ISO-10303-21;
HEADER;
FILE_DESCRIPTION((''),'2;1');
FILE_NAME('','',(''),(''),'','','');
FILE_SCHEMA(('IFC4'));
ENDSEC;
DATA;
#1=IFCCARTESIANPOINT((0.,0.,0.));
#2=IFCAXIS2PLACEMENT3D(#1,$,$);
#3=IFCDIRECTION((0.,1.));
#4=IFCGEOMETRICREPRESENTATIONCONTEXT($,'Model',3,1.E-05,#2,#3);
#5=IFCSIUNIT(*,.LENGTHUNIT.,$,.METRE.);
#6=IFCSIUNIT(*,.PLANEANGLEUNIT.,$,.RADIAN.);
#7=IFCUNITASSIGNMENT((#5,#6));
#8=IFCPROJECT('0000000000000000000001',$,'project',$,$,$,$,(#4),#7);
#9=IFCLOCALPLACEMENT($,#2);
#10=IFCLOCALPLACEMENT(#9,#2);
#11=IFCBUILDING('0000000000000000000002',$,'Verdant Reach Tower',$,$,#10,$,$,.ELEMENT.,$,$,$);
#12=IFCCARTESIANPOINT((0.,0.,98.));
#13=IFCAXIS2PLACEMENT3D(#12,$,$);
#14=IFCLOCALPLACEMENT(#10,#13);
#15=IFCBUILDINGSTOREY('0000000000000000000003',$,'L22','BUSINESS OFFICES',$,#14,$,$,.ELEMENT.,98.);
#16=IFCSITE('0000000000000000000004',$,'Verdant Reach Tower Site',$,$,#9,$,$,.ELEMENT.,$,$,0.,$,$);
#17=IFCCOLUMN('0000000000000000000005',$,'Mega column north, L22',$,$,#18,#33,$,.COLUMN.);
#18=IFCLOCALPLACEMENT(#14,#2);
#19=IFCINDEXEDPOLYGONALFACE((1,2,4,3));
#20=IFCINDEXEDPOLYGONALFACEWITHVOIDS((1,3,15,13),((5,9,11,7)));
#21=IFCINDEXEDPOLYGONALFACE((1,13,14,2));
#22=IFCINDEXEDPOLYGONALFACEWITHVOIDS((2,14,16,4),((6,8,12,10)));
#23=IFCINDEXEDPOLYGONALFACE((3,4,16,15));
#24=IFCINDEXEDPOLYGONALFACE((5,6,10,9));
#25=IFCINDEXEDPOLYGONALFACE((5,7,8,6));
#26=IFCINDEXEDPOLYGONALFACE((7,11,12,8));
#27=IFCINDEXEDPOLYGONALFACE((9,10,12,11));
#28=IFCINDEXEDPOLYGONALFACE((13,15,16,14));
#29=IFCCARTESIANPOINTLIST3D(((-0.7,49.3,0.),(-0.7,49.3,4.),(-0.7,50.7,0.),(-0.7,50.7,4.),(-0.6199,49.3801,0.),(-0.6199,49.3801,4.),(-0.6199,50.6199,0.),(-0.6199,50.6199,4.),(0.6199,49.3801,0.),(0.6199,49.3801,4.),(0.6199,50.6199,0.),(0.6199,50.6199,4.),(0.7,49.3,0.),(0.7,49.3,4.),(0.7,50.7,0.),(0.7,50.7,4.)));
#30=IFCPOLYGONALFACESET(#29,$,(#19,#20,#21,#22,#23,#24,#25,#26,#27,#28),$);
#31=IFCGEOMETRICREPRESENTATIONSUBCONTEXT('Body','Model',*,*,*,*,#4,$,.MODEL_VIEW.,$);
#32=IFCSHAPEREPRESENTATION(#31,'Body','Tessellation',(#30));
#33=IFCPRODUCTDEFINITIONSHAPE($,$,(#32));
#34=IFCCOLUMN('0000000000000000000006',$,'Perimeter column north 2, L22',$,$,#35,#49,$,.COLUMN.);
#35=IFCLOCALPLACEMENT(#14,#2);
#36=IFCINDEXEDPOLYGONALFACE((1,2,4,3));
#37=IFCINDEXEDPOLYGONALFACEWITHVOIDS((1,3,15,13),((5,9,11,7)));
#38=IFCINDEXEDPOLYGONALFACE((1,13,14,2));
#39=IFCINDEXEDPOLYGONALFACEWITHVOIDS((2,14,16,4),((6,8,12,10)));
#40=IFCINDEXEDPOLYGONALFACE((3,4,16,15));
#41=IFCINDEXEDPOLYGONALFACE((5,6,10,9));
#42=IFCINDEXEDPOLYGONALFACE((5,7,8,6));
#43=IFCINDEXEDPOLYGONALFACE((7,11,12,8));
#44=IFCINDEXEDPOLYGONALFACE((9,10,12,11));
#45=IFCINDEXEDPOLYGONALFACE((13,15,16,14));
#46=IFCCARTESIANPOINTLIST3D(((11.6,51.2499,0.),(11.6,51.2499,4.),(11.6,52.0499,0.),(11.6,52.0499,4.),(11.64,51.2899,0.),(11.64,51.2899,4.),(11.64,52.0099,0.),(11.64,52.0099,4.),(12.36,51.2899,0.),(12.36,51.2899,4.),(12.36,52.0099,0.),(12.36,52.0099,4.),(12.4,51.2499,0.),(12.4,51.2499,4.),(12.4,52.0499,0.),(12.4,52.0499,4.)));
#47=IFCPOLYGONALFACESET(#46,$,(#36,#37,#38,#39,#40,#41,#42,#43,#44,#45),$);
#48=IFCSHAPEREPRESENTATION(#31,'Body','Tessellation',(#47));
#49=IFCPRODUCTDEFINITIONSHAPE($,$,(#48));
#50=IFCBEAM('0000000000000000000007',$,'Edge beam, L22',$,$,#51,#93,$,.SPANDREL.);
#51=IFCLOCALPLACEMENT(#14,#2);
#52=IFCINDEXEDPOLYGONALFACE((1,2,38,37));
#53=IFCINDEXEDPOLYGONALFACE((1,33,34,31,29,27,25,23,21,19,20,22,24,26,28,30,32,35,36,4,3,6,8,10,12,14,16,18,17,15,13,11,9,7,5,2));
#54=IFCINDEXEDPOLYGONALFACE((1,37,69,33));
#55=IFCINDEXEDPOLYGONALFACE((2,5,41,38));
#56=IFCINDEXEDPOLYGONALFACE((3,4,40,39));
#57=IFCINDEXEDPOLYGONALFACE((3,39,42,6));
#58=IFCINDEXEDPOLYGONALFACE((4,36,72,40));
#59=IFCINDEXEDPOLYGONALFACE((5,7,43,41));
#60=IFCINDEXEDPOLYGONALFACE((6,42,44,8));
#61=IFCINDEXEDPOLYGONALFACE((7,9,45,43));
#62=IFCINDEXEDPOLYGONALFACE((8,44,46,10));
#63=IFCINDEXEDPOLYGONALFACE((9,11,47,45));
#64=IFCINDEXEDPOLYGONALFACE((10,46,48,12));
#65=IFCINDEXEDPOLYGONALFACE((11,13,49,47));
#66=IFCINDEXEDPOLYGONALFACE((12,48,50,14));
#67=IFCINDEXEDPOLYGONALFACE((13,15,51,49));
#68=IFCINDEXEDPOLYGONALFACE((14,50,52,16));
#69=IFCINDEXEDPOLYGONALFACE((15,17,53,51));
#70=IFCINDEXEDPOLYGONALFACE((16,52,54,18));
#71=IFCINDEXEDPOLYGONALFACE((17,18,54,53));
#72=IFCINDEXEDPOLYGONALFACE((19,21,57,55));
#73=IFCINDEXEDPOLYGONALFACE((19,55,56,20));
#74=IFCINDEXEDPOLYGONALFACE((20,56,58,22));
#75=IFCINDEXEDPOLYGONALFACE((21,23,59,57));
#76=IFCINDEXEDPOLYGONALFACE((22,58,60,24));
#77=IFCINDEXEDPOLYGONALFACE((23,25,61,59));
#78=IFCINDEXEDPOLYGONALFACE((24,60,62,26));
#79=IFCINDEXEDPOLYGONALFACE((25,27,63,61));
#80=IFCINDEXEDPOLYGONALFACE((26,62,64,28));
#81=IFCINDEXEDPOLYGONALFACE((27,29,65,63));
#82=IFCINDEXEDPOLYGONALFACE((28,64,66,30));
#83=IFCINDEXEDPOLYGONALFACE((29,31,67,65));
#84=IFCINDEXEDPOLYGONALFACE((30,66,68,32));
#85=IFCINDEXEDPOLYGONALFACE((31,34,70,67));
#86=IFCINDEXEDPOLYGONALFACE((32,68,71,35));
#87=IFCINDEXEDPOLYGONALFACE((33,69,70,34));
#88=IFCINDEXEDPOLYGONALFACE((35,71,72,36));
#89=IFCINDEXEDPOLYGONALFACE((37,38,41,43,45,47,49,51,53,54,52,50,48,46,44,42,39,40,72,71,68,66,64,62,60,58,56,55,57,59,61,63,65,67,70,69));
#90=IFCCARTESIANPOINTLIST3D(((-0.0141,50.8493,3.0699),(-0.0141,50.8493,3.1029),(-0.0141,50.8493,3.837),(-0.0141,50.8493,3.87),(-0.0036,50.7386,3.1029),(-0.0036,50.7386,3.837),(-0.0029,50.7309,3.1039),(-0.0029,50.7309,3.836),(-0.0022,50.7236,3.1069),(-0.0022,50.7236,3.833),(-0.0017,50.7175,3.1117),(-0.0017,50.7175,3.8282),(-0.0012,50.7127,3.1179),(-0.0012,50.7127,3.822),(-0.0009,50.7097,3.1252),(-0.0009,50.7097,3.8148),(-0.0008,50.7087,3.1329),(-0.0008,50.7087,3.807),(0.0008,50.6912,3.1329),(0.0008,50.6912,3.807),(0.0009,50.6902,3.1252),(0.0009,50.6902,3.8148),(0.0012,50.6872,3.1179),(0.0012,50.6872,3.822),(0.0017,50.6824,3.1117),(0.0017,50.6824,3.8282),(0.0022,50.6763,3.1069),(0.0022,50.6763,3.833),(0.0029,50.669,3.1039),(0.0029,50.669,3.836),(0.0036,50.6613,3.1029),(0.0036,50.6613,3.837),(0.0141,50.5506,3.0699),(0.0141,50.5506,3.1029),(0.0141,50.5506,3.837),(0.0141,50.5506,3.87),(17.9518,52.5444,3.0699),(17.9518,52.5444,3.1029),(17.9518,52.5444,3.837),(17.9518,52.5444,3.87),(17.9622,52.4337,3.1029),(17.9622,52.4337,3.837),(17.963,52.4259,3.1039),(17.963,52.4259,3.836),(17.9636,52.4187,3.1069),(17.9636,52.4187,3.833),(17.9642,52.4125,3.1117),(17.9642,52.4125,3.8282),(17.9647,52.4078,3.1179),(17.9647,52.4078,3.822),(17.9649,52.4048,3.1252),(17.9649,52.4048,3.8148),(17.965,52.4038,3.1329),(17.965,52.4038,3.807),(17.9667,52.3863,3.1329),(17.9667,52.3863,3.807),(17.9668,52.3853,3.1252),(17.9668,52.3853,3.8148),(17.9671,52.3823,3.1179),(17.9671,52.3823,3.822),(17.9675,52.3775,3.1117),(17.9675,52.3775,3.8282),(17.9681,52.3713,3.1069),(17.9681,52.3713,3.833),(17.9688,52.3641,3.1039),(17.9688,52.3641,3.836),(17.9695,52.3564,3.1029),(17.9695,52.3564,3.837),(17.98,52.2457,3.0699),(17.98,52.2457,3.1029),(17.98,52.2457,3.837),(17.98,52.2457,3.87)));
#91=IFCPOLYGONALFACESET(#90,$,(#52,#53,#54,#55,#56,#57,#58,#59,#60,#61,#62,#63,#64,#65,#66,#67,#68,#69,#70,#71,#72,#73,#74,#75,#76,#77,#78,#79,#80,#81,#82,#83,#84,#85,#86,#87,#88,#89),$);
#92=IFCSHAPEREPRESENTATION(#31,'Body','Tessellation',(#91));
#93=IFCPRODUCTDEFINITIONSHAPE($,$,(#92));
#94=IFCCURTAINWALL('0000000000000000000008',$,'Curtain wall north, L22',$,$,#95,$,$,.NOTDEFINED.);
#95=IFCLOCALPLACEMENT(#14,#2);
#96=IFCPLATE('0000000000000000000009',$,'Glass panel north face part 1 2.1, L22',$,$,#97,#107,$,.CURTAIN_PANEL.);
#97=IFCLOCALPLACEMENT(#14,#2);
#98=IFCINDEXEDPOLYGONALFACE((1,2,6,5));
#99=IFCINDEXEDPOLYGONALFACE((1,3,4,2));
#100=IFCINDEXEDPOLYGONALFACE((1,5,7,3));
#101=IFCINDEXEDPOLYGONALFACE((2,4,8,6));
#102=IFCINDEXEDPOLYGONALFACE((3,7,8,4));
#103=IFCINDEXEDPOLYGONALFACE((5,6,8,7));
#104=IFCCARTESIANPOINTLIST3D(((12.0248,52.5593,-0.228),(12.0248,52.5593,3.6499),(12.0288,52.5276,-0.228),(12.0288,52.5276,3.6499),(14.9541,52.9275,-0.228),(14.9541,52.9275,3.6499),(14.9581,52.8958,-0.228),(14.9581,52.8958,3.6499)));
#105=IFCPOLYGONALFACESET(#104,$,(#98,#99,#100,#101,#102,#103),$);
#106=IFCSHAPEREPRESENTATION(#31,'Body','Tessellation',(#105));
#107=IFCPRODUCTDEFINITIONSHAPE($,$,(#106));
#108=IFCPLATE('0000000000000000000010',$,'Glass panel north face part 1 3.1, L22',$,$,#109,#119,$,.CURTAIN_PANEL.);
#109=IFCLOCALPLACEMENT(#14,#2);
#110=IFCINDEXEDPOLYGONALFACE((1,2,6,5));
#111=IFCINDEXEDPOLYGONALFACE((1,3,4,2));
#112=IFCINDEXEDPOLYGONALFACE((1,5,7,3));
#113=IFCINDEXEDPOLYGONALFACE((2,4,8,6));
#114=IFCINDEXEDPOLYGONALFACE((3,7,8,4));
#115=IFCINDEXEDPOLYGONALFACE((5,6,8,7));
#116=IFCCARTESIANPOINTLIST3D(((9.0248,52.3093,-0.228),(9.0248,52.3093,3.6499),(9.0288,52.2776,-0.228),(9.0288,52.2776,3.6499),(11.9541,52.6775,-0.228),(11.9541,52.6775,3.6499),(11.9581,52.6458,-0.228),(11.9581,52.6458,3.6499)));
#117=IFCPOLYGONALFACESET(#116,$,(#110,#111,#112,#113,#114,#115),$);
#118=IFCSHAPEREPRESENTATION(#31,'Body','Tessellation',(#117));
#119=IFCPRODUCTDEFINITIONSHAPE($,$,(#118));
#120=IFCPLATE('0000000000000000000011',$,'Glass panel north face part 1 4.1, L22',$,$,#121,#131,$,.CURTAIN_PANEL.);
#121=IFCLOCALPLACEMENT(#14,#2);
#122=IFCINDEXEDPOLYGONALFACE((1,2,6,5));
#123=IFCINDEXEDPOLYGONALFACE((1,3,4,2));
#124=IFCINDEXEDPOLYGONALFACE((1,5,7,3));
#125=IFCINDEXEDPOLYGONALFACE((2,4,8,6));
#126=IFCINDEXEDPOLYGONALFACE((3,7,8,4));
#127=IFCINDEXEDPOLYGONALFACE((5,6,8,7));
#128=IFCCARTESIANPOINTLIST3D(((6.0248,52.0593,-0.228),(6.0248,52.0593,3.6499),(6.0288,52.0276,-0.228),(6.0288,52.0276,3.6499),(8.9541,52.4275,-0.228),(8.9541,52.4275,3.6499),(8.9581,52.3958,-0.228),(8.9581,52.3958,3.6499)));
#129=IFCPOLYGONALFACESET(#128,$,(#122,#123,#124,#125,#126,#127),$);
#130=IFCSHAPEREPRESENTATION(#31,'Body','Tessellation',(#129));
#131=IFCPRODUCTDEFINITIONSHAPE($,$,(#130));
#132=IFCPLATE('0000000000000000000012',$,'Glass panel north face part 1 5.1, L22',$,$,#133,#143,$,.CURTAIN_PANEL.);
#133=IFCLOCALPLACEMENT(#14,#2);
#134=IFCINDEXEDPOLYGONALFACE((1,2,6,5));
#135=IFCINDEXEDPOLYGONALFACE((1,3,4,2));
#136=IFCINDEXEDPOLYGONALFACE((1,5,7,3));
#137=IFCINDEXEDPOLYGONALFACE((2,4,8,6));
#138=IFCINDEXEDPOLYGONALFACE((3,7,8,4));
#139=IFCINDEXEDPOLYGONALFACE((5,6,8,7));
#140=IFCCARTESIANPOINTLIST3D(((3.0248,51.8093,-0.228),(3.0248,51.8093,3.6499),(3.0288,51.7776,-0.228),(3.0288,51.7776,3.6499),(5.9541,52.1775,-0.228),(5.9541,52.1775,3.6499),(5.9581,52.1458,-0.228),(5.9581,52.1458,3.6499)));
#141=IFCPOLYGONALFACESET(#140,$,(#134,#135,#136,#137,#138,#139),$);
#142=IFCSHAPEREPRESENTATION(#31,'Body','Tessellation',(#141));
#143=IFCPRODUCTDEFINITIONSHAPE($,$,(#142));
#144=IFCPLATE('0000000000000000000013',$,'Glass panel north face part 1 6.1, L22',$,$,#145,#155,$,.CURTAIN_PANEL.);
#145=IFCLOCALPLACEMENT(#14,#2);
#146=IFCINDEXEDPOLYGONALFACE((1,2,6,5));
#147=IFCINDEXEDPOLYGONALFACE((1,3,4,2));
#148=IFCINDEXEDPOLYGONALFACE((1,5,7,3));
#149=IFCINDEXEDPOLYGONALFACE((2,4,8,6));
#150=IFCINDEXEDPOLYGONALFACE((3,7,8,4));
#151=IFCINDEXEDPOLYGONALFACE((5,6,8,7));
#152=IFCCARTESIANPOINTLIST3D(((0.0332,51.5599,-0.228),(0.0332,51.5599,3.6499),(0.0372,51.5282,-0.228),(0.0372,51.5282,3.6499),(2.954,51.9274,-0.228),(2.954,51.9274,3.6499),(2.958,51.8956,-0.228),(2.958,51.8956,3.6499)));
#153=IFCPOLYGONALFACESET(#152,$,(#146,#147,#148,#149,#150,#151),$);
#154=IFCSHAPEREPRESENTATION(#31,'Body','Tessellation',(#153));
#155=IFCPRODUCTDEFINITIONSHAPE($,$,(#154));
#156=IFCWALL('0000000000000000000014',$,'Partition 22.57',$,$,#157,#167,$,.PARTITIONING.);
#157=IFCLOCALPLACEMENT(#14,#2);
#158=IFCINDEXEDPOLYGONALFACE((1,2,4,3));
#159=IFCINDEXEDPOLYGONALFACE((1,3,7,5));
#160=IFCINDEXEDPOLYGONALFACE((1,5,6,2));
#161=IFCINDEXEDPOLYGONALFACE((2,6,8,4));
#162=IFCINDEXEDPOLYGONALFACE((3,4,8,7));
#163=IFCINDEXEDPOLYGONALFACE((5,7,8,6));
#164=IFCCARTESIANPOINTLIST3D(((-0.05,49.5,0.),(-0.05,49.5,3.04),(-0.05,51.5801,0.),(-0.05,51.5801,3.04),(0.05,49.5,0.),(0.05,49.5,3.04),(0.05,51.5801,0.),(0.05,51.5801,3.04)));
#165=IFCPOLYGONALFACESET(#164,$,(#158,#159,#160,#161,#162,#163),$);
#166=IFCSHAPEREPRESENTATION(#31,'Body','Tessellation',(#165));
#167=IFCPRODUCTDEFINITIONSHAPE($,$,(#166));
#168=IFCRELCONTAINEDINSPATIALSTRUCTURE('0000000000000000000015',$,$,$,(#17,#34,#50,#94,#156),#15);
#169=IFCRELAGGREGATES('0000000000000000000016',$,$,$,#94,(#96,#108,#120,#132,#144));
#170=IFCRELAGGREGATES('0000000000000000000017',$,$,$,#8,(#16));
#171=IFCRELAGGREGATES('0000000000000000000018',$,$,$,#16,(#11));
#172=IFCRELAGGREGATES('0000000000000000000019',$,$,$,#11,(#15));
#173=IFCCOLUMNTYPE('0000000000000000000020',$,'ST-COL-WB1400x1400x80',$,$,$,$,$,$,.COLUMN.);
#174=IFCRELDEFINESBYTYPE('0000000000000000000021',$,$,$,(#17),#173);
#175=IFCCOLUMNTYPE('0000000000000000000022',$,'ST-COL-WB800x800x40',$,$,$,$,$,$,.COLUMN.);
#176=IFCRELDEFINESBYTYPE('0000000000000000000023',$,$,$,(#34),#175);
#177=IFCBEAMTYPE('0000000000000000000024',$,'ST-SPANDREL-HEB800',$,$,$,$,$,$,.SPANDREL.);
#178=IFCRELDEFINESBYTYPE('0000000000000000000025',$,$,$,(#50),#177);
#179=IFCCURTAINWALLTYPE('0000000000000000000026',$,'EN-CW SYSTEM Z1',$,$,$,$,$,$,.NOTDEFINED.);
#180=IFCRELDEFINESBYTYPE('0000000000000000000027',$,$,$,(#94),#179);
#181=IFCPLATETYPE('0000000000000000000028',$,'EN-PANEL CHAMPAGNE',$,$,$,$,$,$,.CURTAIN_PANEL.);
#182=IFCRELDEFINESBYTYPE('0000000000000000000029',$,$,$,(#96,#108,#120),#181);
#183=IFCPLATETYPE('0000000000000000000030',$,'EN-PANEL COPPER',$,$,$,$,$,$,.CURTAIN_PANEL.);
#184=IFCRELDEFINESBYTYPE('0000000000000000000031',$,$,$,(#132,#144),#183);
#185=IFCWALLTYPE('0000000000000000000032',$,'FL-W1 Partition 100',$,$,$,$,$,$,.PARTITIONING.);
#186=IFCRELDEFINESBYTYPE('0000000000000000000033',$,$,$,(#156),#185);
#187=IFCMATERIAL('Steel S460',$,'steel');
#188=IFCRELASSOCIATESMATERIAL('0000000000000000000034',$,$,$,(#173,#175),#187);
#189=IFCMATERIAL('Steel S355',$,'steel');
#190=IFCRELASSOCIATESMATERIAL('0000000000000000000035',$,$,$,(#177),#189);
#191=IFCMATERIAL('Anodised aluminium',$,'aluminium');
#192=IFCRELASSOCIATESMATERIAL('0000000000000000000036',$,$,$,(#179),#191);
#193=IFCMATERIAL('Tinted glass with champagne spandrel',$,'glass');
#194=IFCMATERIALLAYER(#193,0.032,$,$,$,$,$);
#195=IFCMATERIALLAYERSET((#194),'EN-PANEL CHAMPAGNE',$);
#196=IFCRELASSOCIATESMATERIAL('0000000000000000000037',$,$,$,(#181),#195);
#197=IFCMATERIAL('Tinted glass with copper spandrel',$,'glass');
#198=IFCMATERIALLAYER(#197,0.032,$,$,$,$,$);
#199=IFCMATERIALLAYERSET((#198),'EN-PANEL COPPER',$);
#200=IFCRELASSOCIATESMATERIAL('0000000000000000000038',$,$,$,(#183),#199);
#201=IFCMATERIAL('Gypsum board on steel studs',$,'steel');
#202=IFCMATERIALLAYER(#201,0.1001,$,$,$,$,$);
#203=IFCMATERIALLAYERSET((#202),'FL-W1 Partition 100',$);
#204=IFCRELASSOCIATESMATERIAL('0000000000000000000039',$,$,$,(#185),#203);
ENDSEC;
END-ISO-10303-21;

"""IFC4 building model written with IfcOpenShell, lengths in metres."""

from ifc_helpers import new_model, si_unit, direction, frame, frame_2d, origin, origin_2d, place, context, subcontext, project, spatial, rectangle, hollow_rectangle, i_section, extrude, material, layer, layer_set, material_profile, profile_set, type_object, element, aggregate, save


model = new_model("IFC4")

# Units and contexts
model_context = context("Model", 3, precision=1e-05, world=origin(), true_north=direction((0.0, 1.0)))
body_context = subcontext(model_context, "Body", "Model", "MODEL_VIEW")
ifc_project = project(units=[si_unit("LENGTHUNIT", "METRE"), si_unit("PLANEANGLEUNIT", "RADIAN")], contexts=[model_context])

# Site, building, storey
site_placement = place(None, origin())
site = spatial("IfcSite", under=ifc_project, at=site_placement, Name="Verdant Reach Tower Site", CompositionType="ELEMENT", RefElevation=0.0)
building_placement = place(site_placement, origin())
building = spatial("IfcBuilding", under=site, at=building_placement, Name="Verdant Reach Tower", CompositionType="ELEMENT")
storey_placement = place(building_placement, frame((0.0, 0.0, 98.0)))
storey = spatial("IfcBuildingStorey", under=building, at=storey_placement, Name="L22", Description="BUSINESS OFFICES", CompositionType="ELEMENT", Elevation=98.0)

# Columns
ifc_material_1 = material(Name="Steel S460", Category="steel")
ifc_material_profile_1 = material_profile(ifc_material_1, hollow_rectangle(XDim=1.3999, YDim=1.3999, WallThickness=0.0801, at=origin_2d()), Name="WB 1400x1400x80")
ifc_profile_set_1 = profile_set([ifc_material_profile_1], Name="Steel S460")
column_type_1 = type_object("IfcColumnType", Name="ST-COL-WB1400x1400x80", PredefinedType="COLUMN", material=ifc_profile_set_1)
column_1_placement = place(storey_placement, frame((0.0, 50.0, 0.0), z_axis=(0.0, 0.0, 1.0), x_axis=(1.0, 0.0, 0.0)))
element("IfcColumn", 1, at=column_1_placement, inside=storey, type_object=column_type_1, Name="Mega column north, L22", PredefinedType="COLUMN", context=body_context, shape_type="SweptSolid", body=[
    extrude(hollow_rectangle(XDim=1.3999, YDim=1.3999, WallThickness=0.0801, at=origin_2d()), origin(), (0.0, 0.0, 1.0), 4.0),
])
ifc_material_profile_2 = material_profile(ifc_material_1, hollow_rectangle(XDim=0.8, YDim=0.8, WallThickness=0.04, at=origin_2d()), Name="WB 800x800x40")
ifc_profile_set_2 = profile_set([ifc_material_profile_2], Name="Steel S460")
column_type_2 = type_object("IfcColumnType", Name="ST-COL-WB800x800x40", PredefinedType="COLUMN", material=ifc_profile_set_2)
column_2_placement = place(storey_placement, frame((12.0, 51.6499, 0.0), z_axis=(0.0, 0.0, 1.0), x_axis=(1.0, 0.0, 0.0)))
element("IfcColumn", 2, at=column_2_placement, inside=storey, type_object=column_type_2, Name="Perimeter column north 2, L22", PredefinedType="COLUMN", context=body_context, shape_type="SweptSolid", body=[
    extrude(hollow_rectangle(XDim=0.8, YDim=0.8, WallThickness=0.04, at=origin_2d()), origin(), (0.0, 0.0, 1.0), 4.0),
])

# Beam
ifc_material_2 = material(Name="Steel S355", Category="steel")
ifc_material_profile_3 = material_profile(ifc_material_2, i_section(OverallWidth=0.3, OverallDepth=0.8, WebThickness=0.0176, FlangeThickness=0.033, FilletRadius=0.03, at=origin_2d()), Name="HEB 800")
ifc_profile_set_3 = profile_set([ifc_material_profile_3], Name="Steel S355")
beam_type = type_object("IfcBeamType", Name="ST-SPANDREL-HEB800", PredefinedType="SPANDREL", material=ifc_profile_set_3)
beam_placement = place(storey_placement, frame((0.0, 50.7, 3.47), z_axis=(0.995579, 0.093932, 0.0), x_axis=(-0.093932, 0.995579, 0.0)))
element("IfcBeam", 3, at=beam_placement, inside=storey, type_object=beam_type, Name="Edge beam, L22", PredefinedType="SPANDREL", context=body_context, shape_type="SweptSolid", body=[
    extrude(i_section(OverallWidth=0.3, OverallDepth=0.8, WebThickness=0.0176, FlangeThickness=0.033, FilletRadius=0.03, at=origin_2d()), origin(), (0.0, 0.0, 1.0), 18.0457),
])

# Curtain wall, plates
ifc_material_3 = material(Name="Anodised aluminium", Category="aluminium")
curtain_wall_type = type_object("IfcCurtainWallType", Name="EN-CW SYSTEM Z1", PredefinedType="NOTDEFINED", material=ifc_material_3)
curtain_wall_placement = place(storey_placement, origin())
curtain_wall = element("IfcCurtainWall", 4, at=curtain_wall_placement, inside=storey, type_object=curtain_wall_type, Name="Curtain wall north, L22", PredefinedType="NOTDEFINED")
ifc_material_4 = material(Name="Tinted glass with champagne spandrel", Category="glass")
ifc_layer_1 = layer(ifc_material_4, 0.032)
ifc_layer_set_1 = layer_set([ifc_layer_1], Name="EN-PANEL CHAMPAGNE")
plate_type_1 = type_object("IfcPlateType", Name="EN-PANEL CHAMPAGNE", PredefinedType="CURTAIN_PANEL", material=ifc_layer_set_1)
plate_1_placement = place(storey_placement, frame((13.4915, 52.7275, -0.228), z_axis=(0.0, 0.0, 1.0), x_axis=(-0.992194, -0.124704, 0.0)))
plate_1 = element("IfcPlate", 5, at=plate_1_placement, type_object=plate_type_1, Name="Glass panel north face part 1 2.1, L22", PredefinedType="CURTAIN_PANEL", context=body_context, shape_type="SweptSolid", body=[
    extrude(rectangle(XDim=2.9524, YDim=0.032, at=origin_2d()), origin(), (0.0, 0.0, 1.0), 3.8779),
])
plate_2_placement = place(storey_placement, frame((10.4915, 52.4775, -0.228), z_axis=(0.0, 0.0, 1.0), x_axis=(-0.992194, -0.124704, 0.0)))
plate_2 = element("IfcPlate", 6, at=plate_2_placement, type_object=plate_type_1, Name="Glass panel north face part 1 3.1, L22", PredefinedType="CURTAIN_PANEL", context=body_context, shape_type="SweptSolid", body=[
    extrude(rectangle(XDim=2.9524, YDim=0.032, at=origin_2d()), origin(), (0.0, 0.0, 1.0), 3.8779),
])
plate_3_placement = place(storey_placement, frame((7.4915, 52.2275, -0.228), z_axis=(0.0, 0.0, 1.0), x_axis=(-0.992194, -0.124704, 0.0)))
plate_3 = element("IfcPlate", 7, at=plate_3_placement, type_object=plate_type_1, Name="Glass panel north face part 1 4.1, L22", PredefinedType="CURTAIN_PANEL", context=body_context, shape_type="SweptSolid", body=[
    extrude(rectangle(XDim=2.9524, YDim=0.032, at=origin_2d()), origin(), (0.0, 0.0, 1.0), 3.8779),
])
ifc_material_5 = material(Name="Tinted glass with copper spandrel", Category="glass")
ifc_layer_2 = layer(ifc_material_5, 0.032)
ifc_layer_set_2 = layer_set([ifc_layer_2], Name="EN-PANEL COPPER")
plate_type_2 = type_object("IfcPlateType", Name="EN-PANEL COPPER", PredefinedType="CURTAIN_PANEL", material=ifc_layer_set_2)
plate_4_placement = place(storey_placement, frame((4.4915, 51.9775, -0.228), z_axis=(0.0, 0.0, 1.0), x_axis=(-0.992194, -0.124704, 0.0)))
plate_4 = element("IfcPlate", 8, at=plate_4_placement, type_object=plate_type_2, Name="Glass panel north face part 1 5.1, L22", PredefinedType="CURTAIN_PANEL", context=body_context, shape_type="SweptSolid", body=[
    extrude(rectangle(XDim=2.9524, YDim=0.032, at=origin_2d()), origin(), (0.0, 0.0, 1.0), 3.8779),
])
plate_5_placement = place(storey_placement, frame((1.4956, 51.7278, -0.228), z_axis=(0.0, 0.0, 1.0), x_axis=(-0.992179, -0.124821, 0.0)))
plate_5 = element("IfcPlate", 9, at=plate_5_placement, type_object=plate_type_2, Name="Glass panel north face part 1 6.1, L22", PredefinedType="CURTAIN_PANEL", context=body_context, shape_type="SweptSolid", body=[
    extrude(rectangle(XDim=2.9438, YDim=0.032, at=origin_2d()), origin(), (0.0, 0.0, 1.0), 3.8779),
])
aggregate(curtain_wall, [plate_1, plate_2, plate_3, plate_4, plate_5])

# Wall
ifc_material_6 = material(Name="Gypsum board on steel studs", Category="steel")
ifc_layer_3 = layer(ifc_material_6, 0.1001)
ifc_layer_set_3 = layer_set([ifc_layer_3], Name="FL-W1 Partition 100")
wall_type_1 = type_object("IfcWallType", Name="FL-W1 Partition 100", PredefinedType="PARTITIONING", material=ifc_layer_set_3)
wall_1_placement = place(storey_placement, frame((0.0, 49.5, 0.0), z_axis=(0.0, 0.0, 1.0), x_axis=(0.0, 1.0, 0.0)))
element("IfcWall", 10, at=wall_1_placement, inside=storey, type_object=wall_type_1, Name="Partition 22.57", PredefinedType="PARTITIONING", context=body_context, shape_type="SweptSolid", body=[
    extrude(rectangle(XDim=2.0801, YDim=0.1001, at=frame_2d((1.04, 0.0))), origin(), (0.0, 0.0, 1.0), 3.04),
])

save(model, "model.ifc")
